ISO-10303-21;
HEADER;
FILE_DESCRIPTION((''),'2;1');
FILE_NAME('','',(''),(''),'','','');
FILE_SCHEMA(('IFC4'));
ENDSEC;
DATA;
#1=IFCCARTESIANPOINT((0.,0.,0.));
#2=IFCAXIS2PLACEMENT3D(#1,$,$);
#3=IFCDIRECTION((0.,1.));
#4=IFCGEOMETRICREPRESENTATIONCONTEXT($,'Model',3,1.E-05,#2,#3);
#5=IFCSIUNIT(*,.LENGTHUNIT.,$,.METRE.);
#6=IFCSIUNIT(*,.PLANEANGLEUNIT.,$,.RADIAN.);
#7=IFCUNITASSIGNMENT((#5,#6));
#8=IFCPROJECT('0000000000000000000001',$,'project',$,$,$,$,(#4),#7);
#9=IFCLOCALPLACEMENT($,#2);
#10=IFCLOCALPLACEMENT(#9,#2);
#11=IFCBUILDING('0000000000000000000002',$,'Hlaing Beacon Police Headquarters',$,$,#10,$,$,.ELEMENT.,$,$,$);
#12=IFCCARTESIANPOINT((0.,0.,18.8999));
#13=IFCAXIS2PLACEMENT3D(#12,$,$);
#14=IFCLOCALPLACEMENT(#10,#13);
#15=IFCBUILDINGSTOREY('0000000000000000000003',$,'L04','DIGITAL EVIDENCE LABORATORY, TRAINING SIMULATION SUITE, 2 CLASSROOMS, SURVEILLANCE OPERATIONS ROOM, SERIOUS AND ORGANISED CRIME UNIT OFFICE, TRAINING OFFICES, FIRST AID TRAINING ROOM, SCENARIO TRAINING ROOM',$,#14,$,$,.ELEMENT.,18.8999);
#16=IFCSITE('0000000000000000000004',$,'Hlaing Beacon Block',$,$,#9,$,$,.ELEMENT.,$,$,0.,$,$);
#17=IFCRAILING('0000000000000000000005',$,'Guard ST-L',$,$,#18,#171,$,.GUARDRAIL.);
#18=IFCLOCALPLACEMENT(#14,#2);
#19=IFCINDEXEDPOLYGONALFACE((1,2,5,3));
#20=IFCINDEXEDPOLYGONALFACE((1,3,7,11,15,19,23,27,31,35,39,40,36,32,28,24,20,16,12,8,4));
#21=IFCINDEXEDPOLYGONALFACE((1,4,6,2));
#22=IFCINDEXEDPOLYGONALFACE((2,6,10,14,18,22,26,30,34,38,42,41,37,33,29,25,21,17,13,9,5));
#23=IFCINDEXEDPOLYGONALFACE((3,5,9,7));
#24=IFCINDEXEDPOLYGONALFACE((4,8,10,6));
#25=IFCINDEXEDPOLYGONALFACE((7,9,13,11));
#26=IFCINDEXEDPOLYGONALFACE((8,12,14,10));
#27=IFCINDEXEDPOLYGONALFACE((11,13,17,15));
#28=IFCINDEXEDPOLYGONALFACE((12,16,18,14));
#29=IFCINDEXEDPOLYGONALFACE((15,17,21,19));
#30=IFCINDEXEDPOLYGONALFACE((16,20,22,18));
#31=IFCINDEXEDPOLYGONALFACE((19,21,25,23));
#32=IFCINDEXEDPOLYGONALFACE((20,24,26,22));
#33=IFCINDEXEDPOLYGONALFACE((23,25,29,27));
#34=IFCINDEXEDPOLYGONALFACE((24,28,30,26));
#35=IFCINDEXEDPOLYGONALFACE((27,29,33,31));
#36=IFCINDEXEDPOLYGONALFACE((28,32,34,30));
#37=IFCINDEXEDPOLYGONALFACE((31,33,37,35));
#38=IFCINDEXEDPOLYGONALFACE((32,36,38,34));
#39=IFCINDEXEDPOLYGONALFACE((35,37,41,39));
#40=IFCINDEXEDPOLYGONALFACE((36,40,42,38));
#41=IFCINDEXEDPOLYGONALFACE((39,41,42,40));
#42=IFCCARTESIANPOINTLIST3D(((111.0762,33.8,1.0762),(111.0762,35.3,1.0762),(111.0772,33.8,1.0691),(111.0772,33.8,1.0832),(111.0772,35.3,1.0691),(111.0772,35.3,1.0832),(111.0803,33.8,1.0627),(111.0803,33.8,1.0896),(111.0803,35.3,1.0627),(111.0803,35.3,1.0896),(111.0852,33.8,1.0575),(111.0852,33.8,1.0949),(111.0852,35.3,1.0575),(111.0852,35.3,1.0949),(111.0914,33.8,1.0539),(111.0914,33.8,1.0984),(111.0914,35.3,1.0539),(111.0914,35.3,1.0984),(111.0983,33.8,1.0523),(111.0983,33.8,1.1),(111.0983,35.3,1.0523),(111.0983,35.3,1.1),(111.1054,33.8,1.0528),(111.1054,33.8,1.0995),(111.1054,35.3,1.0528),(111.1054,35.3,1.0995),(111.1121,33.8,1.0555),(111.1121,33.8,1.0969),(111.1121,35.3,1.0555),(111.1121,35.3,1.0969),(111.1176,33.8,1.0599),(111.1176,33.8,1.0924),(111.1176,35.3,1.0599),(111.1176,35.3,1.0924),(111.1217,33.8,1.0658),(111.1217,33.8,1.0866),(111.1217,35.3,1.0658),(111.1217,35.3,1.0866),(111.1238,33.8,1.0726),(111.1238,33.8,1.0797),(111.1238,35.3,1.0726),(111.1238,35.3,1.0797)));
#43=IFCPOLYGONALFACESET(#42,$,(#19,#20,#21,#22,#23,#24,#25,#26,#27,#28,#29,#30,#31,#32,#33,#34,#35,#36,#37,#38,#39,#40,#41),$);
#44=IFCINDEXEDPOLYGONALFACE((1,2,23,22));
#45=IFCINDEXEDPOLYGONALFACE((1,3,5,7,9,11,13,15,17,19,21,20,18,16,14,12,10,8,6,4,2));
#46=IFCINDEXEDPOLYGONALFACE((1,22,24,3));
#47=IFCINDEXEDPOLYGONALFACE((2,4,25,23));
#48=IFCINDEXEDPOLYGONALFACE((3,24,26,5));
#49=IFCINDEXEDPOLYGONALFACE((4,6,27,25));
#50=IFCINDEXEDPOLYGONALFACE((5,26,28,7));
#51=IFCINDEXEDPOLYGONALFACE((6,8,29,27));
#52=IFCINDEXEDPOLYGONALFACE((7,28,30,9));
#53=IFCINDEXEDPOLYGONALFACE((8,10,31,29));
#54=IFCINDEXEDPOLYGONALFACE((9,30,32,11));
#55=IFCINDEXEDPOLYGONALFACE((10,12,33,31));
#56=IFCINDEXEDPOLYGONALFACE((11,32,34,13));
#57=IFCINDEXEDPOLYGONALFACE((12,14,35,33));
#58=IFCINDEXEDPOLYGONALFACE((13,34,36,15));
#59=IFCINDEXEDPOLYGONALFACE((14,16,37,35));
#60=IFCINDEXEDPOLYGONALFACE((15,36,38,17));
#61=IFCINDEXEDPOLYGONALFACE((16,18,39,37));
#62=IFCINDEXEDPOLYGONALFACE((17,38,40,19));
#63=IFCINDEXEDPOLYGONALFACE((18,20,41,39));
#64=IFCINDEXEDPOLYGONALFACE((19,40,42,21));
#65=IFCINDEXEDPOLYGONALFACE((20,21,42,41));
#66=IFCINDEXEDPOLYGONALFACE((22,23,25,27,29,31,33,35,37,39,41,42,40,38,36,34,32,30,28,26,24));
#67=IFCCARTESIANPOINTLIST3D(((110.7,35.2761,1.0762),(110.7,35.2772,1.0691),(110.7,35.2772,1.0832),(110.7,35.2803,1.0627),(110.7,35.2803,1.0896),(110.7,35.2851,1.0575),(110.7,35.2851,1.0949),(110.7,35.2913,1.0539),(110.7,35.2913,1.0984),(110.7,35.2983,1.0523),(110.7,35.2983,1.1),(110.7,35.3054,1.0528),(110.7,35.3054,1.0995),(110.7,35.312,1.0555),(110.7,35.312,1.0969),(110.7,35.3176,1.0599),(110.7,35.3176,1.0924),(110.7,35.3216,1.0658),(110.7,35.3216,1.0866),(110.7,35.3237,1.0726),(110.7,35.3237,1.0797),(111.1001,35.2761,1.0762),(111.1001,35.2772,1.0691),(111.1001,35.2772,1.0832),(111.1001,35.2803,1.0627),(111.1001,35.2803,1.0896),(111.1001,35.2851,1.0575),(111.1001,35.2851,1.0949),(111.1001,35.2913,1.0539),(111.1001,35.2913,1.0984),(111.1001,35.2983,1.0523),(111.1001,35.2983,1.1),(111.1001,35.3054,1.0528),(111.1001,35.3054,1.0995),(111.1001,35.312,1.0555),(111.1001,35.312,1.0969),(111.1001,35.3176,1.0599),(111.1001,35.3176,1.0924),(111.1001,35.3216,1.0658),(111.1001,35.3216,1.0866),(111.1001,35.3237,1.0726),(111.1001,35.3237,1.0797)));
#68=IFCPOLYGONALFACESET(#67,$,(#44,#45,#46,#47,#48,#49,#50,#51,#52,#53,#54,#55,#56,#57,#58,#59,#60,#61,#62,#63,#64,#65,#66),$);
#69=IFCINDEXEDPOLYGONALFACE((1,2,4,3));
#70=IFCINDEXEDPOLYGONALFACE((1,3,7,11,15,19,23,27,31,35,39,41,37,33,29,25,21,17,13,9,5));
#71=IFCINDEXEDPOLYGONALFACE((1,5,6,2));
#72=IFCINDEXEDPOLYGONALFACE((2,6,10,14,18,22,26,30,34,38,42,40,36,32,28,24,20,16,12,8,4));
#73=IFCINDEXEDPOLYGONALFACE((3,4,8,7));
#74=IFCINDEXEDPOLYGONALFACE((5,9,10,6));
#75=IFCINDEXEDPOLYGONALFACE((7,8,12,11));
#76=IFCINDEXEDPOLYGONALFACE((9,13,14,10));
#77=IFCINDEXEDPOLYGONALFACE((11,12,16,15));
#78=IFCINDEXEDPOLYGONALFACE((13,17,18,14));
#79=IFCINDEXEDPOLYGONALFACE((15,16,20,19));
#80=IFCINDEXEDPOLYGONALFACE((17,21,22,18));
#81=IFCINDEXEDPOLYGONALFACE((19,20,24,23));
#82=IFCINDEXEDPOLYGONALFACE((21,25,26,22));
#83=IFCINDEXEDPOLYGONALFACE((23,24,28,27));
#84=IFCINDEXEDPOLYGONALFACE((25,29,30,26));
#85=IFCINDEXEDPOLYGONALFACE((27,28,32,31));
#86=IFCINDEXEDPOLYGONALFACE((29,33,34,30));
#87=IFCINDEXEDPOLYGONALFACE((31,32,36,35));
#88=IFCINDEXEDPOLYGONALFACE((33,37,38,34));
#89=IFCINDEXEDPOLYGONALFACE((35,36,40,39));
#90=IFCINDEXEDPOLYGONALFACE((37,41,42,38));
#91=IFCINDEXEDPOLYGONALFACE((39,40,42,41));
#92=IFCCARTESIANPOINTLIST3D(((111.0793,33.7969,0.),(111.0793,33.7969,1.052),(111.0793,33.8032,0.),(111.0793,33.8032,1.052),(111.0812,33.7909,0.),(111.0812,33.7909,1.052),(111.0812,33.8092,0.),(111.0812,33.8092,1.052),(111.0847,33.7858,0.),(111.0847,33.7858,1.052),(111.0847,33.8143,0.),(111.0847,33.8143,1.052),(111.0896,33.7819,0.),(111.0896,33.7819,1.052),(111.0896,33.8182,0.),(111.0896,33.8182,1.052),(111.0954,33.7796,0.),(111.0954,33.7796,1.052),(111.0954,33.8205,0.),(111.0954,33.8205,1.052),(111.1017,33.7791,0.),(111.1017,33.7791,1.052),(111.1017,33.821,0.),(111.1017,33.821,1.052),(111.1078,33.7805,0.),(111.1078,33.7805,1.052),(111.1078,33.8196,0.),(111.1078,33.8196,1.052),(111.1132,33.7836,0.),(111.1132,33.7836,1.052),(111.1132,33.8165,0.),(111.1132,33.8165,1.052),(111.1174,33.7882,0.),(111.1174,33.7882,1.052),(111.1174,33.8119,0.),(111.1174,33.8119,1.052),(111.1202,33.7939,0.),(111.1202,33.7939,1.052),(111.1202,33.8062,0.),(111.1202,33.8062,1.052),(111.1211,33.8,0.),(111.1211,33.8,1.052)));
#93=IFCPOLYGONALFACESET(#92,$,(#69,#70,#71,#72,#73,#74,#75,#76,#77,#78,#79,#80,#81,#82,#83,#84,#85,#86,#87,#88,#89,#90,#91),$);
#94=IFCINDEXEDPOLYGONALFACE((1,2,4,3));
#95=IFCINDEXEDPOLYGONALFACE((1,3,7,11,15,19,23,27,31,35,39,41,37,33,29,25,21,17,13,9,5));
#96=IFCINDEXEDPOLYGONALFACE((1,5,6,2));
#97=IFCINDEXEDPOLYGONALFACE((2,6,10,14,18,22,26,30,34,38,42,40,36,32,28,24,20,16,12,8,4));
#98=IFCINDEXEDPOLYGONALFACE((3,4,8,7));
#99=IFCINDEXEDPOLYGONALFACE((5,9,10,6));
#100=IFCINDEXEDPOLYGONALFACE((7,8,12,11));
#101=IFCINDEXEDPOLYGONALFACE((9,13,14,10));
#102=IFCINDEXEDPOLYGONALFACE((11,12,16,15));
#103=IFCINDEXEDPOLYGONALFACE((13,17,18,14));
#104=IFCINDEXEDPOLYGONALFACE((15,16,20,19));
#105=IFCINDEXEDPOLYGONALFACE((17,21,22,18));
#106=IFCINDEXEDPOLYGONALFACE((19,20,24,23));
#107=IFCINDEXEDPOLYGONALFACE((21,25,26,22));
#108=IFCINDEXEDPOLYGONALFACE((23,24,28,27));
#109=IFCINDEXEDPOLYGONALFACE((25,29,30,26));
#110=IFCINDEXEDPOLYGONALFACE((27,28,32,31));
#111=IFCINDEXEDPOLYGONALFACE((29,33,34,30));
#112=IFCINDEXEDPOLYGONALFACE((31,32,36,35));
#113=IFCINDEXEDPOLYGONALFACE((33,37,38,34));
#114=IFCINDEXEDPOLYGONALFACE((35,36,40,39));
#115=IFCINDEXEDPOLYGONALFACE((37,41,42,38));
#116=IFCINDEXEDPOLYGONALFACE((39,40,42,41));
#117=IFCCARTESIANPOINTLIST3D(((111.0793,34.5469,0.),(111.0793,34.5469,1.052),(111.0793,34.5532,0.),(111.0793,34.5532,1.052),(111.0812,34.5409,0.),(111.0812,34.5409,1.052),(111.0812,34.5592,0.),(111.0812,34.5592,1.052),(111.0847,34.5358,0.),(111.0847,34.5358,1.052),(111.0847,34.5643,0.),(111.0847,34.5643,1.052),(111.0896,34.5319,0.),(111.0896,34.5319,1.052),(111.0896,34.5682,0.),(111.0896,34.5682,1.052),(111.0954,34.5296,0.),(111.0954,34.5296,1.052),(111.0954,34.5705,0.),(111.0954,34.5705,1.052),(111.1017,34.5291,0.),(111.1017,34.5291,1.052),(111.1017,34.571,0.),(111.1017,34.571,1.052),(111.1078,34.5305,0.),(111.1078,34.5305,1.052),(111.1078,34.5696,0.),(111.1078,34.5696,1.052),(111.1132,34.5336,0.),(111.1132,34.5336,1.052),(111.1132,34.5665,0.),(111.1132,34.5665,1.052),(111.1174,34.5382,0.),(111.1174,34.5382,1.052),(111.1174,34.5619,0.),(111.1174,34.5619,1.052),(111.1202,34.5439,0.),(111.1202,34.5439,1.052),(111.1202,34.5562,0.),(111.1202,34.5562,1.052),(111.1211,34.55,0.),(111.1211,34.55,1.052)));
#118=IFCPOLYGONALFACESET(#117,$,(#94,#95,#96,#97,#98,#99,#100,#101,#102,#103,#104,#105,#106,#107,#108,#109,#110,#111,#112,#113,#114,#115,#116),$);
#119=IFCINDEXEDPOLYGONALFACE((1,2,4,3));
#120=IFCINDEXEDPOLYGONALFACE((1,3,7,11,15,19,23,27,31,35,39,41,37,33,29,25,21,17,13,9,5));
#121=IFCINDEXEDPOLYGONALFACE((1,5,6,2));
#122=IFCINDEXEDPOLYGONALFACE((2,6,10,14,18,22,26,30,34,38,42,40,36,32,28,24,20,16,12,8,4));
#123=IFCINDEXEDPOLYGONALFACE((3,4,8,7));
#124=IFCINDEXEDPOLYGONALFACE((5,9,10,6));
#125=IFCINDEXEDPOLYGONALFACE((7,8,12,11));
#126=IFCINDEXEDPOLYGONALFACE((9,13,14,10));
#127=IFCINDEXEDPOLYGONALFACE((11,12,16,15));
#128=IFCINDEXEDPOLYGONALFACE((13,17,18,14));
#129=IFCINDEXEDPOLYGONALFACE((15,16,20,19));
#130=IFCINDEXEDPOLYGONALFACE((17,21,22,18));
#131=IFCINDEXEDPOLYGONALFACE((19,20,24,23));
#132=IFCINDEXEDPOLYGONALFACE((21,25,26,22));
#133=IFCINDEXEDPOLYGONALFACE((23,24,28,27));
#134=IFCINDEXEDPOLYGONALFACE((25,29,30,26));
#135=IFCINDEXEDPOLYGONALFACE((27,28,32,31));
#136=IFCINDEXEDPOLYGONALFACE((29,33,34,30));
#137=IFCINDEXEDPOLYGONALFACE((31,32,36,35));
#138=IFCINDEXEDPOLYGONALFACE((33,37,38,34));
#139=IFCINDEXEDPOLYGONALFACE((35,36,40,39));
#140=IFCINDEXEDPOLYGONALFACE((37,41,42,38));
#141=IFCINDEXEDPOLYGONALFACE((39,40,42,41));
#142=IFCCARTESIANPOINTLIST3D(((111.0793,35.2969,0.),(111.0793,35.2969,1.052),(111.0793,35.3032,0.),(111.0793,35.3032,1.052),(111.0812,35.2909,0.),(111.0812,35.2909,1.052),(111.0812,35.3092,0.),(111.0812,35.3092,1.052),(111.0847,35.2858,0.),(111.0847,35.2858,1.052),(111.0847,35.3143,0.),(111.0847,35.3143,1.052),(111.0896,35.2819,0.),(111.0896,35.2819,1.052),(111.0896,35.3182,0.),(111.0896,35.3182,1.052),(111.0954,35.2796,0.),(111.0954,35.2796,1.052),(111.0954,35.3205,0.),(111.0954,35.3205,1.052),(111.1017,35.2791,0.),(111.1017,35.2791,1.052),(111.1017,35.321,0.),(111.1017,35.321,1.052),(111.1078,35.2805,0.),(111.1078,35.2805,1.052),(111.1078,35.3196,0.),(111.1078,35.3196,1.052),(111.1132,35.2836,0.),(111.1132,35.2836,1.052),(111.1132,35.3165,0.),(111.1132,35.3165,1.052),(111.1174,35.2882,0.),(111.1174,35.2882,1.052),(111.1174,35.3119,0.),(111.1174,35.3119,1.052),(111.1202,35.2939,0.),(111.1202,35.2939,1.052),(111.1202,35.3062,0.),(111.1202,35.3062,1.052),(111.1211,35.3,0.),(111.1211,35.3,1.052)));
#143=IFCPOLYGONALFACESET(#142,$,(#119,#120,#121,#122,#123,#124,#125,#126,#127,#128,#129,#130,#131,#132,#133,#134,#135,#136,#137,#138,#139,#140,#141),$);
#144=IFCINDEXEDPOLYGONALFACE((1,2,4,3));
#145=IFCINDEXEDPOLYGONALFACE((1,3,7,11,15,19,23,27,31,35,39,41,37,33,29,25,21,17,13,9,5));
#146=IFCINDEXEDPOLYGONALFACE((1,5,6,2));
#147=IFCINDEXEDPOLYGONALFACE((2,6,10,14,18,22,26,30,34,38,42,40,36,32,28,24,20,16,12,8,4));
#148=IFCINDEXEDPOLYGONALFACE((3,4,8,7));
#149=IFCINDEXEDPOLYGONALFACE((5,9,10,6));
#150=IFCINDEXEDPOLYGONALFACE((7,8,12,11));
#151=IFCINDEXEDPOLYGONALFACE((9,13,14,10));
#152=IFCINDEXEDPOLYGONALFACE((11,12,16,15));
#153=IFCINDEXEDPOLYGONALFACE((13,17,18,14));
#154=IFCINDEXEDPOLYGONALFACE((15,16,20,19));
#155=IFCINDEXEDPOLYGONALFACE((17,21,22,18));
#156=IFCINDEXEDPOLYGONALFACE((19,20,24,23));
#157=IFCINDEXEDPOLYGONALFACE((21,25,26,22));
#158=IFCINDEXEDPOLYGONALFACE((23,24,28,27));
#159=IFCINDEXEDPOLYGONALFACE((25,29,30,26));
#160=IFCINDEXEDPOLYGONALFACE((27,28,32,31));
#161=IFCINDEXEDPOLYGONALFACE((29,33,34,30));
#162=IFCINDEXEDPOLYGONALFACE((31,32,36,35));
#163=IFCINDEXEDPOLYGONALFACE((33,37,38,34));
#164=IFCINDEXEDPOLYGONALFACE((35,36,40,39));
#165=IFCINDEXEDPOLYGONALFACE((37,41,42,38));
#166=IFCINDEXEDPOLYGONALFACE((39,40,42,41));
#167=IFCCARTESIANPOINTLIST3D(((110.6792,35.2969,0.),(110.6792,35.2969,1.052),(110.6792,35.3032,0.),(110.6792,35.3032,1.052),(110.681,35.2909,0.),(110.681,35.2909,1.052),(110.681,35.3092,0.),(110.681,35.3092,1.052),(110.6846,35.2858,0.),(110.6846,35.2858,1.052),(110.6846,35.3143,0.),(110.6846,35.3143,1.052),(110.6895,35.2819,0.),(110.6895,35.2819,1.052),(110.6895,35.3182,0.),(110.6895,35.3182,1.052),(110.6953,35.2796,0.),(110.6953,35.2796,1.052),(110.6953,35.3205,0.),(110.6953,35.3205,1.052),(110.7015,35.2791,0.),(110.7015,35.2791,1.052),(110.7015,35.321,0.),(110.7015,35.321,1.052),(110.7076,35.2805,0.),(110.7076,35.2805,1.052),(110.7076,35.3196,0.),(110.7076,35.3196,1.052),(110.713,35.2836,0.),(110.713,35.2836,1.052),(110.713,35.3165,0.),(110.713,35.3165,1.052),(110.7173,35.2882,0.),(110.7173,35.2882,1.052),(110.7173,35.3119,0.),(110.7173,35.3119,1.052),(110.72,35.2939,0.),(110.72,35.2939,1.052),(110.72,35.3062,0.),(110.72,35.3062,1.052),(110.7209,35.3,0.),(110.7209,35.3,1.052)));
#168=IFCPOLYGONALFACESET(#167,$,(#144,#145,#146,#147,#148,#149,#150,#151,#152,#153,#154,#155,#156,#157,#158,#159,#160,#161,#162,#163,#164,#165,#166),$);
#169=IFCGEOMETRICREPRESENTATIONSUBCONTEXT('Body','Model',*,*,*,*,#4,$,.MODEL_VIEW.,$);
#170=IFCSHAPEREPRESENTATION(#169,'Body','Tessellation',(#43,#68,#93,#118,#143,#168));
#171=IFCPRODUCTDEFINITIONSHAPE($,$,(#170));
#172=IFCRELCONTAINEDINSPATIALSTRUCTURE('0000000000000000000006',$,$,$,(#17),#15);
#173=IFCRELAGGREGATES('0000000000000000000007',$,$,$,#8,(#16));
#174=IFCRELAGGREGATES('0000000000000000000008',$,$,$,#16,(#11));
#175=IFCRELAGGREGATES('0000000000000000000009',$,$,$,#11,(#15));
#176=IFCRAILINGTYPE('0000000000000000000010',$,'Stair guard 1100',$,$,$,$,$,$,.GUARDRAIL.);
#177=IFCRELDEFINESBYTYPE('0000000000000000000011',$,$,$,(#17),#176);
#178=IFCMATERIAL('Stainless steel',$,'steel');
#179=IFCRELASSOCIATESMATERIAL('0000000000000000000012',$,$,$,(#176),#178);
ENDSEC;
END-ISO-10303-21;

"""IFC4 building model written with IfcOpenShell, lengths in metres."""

from ifc_helpers import new_model, si_unit, direction, frame, origin, origin_2d, place, context, subcontext, project, spatial, circle, extrude, material, type_object, element, save


model = new_model("IFC4")

# Units and contexts
model_context = context("Model", 3, precision=1e-05, world=origin(), true_north=direction((0.0, 1.0)))
body_context = subcontext(model_context, "Body", "Model", "MODEL_VIEW")
ifc_project = project(units=[si_unit("LENGTHUNIT", "METRE"), si_unit("PLANEANGLEUNIT", "RADIAN")], contexts=[model_context])

# Site, building, storey
site_placement = place(None, origin())
site = spatial("IfcSite", under=ifc_project, at=site_placement, Name="Hlaing Beacon Block", CompositionType="ELEMENT", RefElevation=0.0)
building_placement = place(site_placement, origin())
building = spatial("IfcBuilding", under=site, at=building_placement, Name="Hlaing Beacon Police Headquarters", CompositionType="ELEMENT")
storey_placement = place(building_placement, frame((0.0, 0.0, 18.8999)))
storey = spatial("IfcBuildingStorey", under=building, at=storey_placement, Name="L04", Description="DIGITAL EVIDENCE LABORATORY, TRAINING SIMULATION SUITE, 2 CLASSROOMS, SURVEILLANCE OPERATIONS ROOM, SERIOUS AND ORGANISED CRIME UNIT OFFICE, TRAINING OFFICES, FIRST AID TRAINING ROOM, SCENARIO TRAINING ROOM", CompositionType="ELEMENT", Elevation=18.8999)

# Railing
ifc_material_1 = material(Name="Stainless steel", Category="steel")
railing_type_1 = type_object("IfcRailingType", Name="Stair guard 1100", PredefinedType="GUARDRAIL", material=ifc_material_1)
railing_placement = place(storey_placement, frame((111.1001, 33.8, 0.0)))
element("IfcRailing", 1, at=railing_placement, inside=storey, type_object=railing_type_1, Name="Guard ST-L", PredefinedType="GUARDRAIL", context=body_context, shape_type="SweptSolid", body=[
    extrude(circle(Radius=0.0239, at=origin_2d()), frame((0.0, 0.0, 1.0762), z_axis=(0.0, 1.0, 0.0), x_axis=(-1.0, 0.0, 0.0)), (0.0, 0.0, 1.0), 1.5),
    extrude(circle(Radius=0.0239, at=origin_2d()), frame((0.0, 1.5, 1.0762), z_axis=(-1.0, 0.0, 0.0), x_axis=(0.0, -1.0, 0.0)), (0.0, 0.0, 1.0), 0.4001),
    extrude(circle(Radius=0.021, at=origin_2d()), origin(), (0.0, 0.0, 1.0), 1.052),
    extrude(circle(Radius=0.021, at=origin_2d()), frame((0.0, 0.75, 0.0)), (0.0, 0.0, 1.0), 1.052),
    extrude(circle(Radius=0.021, at=origin_2d()), frame((0.0, 1.5, 0.0)), (0.0, 0.0, 1.0), 1.052),
    extrude(circle(Radius=0.021, at=origin_2d()), frame((-0.4001, 1.5, 0.0)), (0.0, 0.0, 1.0), 1.052),
])

save(model, "model.ifc")
